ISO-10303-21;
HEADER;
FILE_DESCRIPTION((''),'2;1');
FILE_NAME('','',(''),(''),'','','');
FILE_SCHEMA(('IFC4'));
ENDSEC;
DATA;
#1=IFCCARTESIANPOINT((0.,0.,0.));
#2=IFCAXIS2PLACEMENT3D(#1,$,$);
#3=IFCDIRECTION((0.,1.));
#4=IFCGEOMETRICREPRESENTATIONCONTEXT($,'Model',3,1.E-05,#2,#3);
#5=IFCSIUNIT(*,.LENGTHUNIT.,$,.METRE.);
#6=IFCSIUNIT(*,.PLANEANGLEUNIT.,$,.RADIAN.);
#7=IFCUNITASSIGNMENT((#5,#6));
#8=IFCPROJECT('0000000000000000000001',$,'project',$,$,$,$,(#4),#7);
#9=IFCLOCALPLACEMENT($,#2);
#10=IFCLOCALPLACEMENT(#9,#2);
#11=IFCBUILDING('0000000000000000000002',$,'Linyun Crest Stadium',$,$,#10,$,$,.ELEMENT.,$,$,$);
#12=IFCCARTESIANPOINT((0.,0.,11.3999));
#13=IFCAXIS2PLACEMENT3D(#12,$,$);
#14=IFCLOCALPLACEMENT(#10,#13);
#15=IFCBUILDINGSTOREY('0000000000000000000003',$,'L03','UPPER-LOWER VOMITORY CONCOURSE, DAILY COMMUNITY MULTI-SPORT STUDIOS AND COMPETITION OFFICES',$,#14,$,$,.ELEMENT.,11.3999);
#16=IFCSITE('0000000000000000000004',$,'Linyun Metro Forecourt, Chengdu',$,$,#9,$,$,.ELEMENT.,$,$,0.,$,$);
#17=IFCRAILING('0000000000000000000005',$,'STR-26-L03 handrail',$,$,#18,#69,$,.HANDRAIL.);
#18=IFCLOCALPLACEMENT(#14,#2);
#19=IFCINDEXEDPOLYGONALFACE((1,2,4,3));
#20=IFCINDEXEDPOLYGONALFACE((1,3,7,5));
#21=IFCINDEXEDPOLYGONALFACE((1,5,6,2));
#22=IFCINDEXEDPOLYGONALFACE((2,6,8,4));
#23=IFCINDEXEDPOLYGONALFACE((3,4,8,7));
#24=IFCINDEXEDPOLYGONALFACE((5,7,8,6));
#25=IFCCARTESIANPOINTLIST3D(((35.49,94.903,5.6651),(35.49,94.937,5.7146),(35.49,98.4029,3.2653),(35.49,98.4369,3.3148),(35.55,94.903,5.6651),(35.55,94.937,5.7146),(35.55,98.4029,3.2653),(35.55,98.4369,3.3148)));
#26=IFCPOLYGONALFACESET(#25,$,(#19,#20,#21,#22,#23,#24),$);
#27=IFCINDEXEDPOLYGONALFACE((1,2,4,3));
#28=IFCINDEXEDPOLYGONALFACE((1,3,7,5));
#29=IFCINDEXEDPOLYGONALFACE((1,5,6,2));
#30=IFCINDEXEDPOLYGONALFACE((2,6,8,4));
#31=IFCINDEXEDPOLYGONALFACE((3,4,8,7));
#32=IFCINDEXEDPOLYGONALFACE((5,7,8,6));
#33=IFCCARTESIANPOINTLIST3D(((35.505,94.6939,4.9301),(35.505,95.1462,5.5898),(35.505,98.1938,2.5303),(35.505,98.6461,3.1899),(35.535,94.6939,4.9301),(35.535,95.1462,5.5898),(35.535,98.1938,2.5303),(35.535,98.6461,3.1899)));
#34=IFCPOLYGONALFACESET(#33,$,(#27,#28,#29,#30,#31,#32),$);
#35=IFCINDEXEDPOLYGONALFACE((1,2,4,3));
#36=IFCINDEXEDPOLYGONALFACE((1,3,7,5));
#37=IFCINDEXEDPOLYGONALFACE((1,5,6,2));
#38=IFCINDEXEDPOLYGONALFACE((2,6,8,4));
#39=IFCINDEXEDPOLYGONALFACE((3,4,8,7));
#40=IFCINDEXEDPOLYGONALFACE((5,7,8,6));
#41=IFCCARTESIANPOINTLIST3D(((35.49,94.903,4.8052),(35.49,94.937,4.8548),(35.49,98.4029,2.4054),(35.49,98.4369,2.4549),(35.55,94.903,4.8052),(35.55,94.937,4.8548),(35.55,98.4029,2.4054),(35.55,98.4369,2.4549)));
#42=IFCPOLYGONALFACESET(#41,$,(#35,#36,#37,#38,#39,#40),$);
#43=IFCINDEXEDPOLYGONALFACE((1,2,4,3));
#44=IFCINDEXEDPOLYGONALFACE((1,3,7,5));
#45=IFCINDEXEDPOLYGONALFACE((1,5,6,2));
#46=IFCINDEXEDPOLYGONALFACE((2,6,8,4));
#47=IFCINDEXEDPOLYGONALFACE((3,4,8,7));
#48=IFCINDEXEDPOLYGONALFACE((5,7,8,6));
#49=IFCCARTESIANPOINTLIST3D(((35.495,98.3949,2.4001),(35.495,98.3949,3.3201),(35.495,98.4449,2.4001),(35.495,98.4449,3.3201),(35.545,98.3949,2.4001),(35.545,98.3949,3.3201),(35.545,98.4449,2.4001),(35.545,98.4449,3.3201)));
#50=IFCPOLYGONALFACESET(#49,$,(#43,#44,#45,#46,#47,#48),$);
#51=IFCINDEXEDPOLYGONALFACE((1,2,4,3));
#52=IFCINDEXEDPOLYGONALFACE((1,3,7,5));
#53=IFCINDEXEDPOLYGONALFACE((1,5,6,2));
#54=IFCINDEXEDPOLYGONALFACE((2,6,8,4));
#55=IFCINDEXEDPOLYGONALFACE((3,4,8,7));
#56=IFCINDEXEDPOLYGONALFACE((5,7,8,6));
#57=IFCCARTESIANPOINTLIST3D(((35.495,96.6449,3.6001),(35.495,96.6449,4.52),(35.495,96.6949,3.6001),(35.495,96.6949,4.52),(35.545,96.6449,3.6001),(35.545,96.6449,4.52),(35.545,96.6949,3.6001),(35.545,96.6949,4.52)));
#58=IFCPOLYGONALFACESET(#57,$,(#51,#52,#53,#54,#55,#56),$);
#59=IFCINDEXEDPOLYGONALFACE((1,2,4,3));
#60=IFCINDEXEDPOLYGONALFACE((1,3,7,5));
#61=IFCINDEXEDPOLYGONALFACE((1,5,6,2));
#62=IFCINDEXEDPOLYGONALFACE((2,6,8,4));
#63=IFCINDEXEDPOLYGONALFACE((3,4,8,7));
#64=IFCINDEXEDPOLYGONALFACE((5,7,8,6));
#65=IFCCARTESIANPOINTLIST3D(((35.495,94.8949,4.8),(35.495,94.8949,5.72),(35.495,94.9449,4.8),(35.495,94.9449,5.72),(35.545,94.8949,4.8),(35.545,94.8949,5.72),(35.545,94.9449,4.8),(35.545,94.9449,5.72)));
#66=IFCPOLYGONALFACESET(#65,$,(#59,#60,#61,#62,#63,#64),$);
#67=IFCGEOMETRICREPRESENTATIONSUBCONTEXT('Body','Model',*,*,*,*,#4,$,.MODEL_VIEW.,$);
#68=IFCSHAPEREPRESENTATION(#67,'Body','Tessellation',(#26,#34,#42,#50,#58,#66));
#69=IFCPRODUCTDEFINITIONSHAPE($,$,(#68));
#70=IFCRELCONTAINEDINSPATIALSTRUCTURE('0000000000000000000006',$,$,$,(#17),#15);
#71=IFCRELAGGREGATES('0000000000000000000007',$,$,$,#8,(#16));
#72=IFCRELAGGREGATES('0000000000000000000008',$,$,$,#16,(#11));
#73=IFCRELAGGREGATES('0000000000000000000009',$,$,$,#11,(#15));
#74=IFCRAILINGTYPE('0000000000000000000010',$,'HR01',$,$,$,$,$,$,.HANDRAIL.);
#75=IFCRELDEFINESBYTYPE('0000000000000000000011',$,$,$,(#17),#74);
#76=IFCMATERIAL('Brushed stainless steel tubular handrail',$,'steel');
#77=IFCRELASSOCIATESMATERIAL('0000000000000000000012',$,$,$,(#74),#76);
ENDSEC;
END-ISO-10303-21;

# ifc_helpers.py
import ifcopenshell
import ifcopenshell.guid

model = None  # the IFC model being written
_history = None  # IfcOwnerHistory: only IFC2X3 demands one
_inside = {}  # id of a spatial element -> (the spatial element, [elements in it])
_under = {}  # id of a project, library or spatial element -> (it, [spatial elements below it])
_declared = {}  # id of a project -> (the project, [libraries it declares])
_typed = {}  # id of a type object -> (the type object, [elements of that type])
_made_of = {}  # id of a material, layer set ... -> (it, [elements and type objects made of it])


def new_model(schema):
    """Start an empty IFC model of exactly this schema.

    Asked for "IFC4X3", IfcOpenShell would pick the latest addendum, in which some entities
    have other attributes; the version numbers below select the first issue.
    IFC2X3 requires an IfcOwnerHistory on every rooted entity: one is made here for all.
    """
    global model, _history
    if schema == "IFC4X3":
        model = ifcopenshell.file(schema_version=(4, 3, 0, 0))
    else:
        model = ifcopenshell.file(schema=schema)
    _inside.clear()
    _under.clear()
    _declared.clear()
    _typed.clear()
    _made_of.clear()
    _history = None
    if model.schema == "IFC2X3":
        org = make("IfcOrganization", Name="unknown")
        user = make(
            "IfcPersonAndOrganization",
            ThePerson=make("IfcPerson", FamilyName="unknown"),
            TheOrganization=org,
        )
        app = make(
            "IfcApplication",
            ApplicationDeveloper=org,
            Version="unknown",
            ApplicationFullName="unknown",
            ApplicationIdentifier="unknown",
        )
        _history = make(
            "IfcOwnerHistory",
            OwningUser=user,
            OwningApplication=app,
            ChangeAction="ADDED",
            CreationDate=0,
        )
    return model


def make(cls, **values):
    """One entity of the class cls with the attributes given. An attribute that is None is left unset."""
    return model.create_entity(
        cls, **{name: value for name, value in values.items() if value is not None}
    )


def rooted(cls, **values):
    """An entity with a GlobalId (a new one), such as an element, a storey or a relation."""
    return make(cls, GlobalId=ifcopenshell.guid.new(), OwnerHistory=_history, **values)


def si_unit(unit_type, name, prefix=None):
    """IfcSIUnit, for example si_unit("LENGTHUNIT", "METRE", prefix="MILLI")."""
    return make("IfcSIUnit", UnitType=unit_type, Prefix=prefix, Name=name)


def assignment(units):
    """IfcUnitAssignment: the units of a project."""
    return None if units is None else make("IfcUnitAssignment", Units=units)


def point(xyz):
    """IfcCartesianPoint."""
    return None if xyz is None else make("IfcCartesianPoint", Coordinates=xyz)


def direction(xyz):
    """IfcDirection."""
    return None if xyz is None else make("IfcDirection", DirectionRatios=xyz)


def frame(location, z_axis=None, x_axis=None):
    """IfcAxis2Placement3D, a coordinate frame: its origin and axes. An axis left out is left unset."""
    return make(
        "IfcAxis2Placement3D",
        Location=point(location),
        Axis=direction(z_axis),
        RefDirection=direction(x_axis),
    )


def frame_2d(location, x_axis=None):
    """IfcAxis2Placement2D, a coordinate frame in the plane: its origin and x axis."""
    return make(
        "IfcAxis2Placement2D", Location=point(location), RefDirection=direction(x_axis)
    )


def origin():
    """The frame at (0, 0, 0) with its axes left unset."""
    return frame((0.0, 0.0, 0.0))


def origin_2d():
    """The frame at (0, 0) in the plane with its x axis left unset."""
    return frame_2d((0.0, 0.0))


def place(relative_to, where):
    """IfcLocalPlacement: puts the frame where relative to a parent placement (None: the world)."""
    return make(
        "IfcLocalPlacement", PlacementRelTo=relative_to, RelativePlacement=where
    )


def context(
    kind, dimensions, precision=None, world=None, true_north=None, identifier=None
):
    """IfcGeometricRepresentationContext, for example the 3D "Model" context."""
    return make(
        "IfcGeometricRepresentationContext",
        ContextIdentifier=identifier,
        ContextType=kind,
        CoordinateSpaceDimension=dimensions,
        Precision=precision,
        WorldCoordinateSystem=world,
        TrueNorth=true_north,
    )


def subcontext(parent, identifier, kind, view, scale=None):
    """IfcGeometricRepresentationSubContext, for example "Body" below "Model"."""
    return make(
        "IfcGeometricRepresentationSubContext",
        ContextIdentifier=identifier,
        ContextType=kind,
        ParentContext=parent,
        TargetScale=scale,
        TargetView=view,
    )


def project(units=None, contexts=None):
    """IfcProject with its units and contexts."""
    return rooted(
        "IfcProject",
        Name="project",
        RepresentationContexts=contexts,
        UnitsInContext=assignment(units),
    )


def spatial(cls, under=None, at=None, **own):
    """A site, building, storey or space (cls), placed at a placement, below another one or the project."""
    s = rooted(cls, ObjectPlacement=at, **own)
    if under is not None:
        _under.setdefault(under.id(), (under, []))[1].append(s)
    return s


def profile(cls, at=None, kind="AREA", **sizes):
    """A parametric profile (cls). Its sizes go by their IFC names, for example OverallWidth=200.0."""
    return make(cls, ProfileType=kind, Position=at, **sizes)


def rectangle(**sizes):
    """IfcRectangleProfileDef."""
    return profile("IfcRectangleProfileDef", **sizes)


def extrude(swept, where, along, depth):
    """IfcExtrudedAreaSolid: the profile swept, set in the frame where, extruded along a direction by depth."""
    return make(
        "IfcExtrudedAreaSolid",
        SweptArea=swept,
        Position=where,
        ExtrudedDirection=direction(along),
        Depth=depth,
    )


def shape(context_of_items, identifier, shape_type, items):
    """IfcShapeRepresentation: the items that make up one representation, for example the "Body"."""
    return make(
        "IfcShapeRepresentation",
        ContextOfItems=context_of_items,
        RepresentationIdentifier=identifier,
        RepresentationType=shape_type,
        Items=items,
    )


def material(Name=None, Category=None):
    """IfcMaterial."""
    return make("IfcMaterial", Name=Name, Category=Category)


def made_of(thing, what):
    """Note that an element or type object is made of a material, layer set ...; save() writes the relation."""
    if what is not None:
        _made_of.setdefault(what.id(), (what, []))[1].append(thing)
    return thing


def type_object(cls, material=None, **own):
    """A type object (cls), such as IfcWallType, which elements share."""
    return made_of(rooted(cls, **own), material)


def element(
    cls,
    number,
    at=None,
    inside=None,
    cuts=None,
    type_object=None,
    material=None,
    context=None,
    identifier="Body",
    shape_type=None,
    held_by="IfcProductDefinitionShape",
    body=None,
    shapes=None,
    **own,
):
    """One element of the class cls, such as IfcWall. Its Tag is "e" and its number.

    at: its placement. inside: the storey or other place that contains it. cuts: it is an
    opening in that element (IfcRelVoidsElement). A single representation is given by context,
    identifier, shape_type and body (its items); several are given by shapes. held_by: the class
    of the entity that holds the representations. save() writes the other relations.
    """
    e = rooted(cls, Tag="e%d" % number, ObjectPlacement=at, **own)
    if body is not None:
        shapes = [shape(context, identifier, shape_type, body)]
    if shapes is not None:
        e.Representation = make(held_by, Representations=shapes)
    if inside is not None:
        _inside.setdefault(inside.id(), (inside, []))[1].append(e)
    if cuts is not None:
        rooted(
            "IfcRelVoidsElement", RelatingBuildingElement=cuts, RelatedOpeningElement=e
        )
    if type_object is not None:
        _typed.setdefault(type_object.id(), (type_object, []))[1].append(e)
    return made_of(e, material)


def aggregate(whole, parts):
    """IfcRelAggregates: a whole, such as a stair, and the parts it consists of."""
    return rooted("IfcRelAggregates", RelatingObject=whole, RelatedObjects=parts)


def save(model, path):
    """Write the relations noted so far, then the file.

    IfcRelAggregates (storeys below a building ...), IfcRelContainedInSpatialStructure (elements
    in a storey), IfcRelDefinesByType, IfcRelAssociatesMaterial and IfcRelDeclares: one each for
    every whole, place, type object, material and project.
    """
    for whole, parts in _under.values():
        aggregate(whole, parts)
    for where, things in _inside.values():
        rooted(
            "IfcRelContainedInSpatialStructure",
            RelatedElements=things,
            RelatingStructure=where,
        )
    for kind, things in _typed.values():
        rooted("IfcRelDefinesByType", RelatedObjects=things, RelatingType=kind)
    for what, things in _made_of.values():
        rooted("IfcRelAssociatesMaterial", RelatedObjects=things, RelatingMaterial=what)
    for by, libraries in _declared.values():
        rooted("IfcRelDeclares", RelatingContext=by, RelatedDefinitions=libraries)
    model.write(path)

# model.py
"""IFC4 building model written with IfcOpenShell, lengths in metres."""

from ifc_helpers import new_model, si_unit, direction, frame, origin, origin_2d, place, context, subcontext, project, spatial, rectangle, extrude, material, type_object, element, save


model = new_model("IFC4")

# Units and contexts
model_context = context("Model", 3, precision=1e-05, world=origin(), true_north=direction((0.0, 1.0)))
body_context = subcontext(model_context, "Body", "Model", "MODEL_VIEW")
ifc_project = project(units=[si_unit("LENGTHUNIT", "METRE"), si_unit("PLANEANGLEUNIT", "RADIAN")], contexts=[model_context])

# Site, building, storey
site_placement = place(None, origin())
site = spatial("IfcSite", under=ifc_project, at=site_placement, Name="Linyun Metro Forecourt, Chengdu", CompositionType="ELEMENT", RefElevation=0.0)
building_placement = place(site_placement, origin())
building = spatial("IfcBuilding", under=site, at=building_placement, Name="Linyun Crest Stadium", CompositionType="ELEMENT")
storey_placement = place(building_placement, frame((0.0, 0.0, 11.3999)))
storey = spatial("IfcBuildingStorey", under=building, at=storey_placement, Name="L03", Description="UPPER-LOWER VOMITORY CONCOURSE, DAILY COMMUNITY MULTI-SPORT STUDIOS AND COMPETITION OFFICES", CompositionType="ELEMENT", Elevation=11.3999)

# Railing
ifc_material_1 = material(Name="Brushed stainless steel tubular handrail", Category="steel")
railing_type_1 = type_object("IfcRailingType", Name="HR01", PredefinedType="HANDRAIL", material=ifc_material_1)
railing_1_placement = place(storey_placement, frame((35.52, 98.4199, 2.4001)))
element("IfcRailing", 1, at=railing_1_placement, inside=storey, type_object=railing_type_1, Name="STR-26-L03 handrail", PredefinedType="HANDRAIL", context=body_context, shape_type="SweptSolid", body=[
    extrude(rectangle(XDim=0.0601, YDim=0.0601, at=origin_2d()), frame((0.0, 0.0, 0.8899), z_axis=(0.0, -0.82474, 0.565513), x_axis=(1.0, 0.0, 0.0)), (0.0, 0.0, 1.0), 4.2437),
    extrude(rectangle(XDim=0.03, YDim=0.7998, at=origin_2d()), frame((0.0, 0.0, 0.46), z_axis=(0.0, -0.82474, 0.565513), x_axis=(1.0, 0.0, 0.0)), (0.0, 0.0, 1.0), 4.2437),
    extrude(rectangle(XDim=0.0601, YDim=0.0601, at=origin_2d()), frame((0.0, 0.0, 0.03), z_axis=(0.0, -0.82474, 0.565513), x_axis=(1.0, 0.0, 0.0)), (0.0, 0.0, 1.0), 4.2437),
    extrude(rectangle(XDim=0.05, YDim=0.05, at=origin_2d()), origin(), (0.0, 0.0, 1.0), 0.9199),
    extrude(rectangle(XDim=0.05, YDim=0.05, at=origin_2d()), frame((0.0, -1.75, 1.2)), (0.0, 0.0, 1.0), 0.9199),
    extrude(rectangle(XDim=0.05, YDim=0.05, at=origin_2d()), frame((0.0, -3.5, 2.3999)), (0.0, 0.0, 1.0), 0.9199),
])

save(model, "model.ifc")
